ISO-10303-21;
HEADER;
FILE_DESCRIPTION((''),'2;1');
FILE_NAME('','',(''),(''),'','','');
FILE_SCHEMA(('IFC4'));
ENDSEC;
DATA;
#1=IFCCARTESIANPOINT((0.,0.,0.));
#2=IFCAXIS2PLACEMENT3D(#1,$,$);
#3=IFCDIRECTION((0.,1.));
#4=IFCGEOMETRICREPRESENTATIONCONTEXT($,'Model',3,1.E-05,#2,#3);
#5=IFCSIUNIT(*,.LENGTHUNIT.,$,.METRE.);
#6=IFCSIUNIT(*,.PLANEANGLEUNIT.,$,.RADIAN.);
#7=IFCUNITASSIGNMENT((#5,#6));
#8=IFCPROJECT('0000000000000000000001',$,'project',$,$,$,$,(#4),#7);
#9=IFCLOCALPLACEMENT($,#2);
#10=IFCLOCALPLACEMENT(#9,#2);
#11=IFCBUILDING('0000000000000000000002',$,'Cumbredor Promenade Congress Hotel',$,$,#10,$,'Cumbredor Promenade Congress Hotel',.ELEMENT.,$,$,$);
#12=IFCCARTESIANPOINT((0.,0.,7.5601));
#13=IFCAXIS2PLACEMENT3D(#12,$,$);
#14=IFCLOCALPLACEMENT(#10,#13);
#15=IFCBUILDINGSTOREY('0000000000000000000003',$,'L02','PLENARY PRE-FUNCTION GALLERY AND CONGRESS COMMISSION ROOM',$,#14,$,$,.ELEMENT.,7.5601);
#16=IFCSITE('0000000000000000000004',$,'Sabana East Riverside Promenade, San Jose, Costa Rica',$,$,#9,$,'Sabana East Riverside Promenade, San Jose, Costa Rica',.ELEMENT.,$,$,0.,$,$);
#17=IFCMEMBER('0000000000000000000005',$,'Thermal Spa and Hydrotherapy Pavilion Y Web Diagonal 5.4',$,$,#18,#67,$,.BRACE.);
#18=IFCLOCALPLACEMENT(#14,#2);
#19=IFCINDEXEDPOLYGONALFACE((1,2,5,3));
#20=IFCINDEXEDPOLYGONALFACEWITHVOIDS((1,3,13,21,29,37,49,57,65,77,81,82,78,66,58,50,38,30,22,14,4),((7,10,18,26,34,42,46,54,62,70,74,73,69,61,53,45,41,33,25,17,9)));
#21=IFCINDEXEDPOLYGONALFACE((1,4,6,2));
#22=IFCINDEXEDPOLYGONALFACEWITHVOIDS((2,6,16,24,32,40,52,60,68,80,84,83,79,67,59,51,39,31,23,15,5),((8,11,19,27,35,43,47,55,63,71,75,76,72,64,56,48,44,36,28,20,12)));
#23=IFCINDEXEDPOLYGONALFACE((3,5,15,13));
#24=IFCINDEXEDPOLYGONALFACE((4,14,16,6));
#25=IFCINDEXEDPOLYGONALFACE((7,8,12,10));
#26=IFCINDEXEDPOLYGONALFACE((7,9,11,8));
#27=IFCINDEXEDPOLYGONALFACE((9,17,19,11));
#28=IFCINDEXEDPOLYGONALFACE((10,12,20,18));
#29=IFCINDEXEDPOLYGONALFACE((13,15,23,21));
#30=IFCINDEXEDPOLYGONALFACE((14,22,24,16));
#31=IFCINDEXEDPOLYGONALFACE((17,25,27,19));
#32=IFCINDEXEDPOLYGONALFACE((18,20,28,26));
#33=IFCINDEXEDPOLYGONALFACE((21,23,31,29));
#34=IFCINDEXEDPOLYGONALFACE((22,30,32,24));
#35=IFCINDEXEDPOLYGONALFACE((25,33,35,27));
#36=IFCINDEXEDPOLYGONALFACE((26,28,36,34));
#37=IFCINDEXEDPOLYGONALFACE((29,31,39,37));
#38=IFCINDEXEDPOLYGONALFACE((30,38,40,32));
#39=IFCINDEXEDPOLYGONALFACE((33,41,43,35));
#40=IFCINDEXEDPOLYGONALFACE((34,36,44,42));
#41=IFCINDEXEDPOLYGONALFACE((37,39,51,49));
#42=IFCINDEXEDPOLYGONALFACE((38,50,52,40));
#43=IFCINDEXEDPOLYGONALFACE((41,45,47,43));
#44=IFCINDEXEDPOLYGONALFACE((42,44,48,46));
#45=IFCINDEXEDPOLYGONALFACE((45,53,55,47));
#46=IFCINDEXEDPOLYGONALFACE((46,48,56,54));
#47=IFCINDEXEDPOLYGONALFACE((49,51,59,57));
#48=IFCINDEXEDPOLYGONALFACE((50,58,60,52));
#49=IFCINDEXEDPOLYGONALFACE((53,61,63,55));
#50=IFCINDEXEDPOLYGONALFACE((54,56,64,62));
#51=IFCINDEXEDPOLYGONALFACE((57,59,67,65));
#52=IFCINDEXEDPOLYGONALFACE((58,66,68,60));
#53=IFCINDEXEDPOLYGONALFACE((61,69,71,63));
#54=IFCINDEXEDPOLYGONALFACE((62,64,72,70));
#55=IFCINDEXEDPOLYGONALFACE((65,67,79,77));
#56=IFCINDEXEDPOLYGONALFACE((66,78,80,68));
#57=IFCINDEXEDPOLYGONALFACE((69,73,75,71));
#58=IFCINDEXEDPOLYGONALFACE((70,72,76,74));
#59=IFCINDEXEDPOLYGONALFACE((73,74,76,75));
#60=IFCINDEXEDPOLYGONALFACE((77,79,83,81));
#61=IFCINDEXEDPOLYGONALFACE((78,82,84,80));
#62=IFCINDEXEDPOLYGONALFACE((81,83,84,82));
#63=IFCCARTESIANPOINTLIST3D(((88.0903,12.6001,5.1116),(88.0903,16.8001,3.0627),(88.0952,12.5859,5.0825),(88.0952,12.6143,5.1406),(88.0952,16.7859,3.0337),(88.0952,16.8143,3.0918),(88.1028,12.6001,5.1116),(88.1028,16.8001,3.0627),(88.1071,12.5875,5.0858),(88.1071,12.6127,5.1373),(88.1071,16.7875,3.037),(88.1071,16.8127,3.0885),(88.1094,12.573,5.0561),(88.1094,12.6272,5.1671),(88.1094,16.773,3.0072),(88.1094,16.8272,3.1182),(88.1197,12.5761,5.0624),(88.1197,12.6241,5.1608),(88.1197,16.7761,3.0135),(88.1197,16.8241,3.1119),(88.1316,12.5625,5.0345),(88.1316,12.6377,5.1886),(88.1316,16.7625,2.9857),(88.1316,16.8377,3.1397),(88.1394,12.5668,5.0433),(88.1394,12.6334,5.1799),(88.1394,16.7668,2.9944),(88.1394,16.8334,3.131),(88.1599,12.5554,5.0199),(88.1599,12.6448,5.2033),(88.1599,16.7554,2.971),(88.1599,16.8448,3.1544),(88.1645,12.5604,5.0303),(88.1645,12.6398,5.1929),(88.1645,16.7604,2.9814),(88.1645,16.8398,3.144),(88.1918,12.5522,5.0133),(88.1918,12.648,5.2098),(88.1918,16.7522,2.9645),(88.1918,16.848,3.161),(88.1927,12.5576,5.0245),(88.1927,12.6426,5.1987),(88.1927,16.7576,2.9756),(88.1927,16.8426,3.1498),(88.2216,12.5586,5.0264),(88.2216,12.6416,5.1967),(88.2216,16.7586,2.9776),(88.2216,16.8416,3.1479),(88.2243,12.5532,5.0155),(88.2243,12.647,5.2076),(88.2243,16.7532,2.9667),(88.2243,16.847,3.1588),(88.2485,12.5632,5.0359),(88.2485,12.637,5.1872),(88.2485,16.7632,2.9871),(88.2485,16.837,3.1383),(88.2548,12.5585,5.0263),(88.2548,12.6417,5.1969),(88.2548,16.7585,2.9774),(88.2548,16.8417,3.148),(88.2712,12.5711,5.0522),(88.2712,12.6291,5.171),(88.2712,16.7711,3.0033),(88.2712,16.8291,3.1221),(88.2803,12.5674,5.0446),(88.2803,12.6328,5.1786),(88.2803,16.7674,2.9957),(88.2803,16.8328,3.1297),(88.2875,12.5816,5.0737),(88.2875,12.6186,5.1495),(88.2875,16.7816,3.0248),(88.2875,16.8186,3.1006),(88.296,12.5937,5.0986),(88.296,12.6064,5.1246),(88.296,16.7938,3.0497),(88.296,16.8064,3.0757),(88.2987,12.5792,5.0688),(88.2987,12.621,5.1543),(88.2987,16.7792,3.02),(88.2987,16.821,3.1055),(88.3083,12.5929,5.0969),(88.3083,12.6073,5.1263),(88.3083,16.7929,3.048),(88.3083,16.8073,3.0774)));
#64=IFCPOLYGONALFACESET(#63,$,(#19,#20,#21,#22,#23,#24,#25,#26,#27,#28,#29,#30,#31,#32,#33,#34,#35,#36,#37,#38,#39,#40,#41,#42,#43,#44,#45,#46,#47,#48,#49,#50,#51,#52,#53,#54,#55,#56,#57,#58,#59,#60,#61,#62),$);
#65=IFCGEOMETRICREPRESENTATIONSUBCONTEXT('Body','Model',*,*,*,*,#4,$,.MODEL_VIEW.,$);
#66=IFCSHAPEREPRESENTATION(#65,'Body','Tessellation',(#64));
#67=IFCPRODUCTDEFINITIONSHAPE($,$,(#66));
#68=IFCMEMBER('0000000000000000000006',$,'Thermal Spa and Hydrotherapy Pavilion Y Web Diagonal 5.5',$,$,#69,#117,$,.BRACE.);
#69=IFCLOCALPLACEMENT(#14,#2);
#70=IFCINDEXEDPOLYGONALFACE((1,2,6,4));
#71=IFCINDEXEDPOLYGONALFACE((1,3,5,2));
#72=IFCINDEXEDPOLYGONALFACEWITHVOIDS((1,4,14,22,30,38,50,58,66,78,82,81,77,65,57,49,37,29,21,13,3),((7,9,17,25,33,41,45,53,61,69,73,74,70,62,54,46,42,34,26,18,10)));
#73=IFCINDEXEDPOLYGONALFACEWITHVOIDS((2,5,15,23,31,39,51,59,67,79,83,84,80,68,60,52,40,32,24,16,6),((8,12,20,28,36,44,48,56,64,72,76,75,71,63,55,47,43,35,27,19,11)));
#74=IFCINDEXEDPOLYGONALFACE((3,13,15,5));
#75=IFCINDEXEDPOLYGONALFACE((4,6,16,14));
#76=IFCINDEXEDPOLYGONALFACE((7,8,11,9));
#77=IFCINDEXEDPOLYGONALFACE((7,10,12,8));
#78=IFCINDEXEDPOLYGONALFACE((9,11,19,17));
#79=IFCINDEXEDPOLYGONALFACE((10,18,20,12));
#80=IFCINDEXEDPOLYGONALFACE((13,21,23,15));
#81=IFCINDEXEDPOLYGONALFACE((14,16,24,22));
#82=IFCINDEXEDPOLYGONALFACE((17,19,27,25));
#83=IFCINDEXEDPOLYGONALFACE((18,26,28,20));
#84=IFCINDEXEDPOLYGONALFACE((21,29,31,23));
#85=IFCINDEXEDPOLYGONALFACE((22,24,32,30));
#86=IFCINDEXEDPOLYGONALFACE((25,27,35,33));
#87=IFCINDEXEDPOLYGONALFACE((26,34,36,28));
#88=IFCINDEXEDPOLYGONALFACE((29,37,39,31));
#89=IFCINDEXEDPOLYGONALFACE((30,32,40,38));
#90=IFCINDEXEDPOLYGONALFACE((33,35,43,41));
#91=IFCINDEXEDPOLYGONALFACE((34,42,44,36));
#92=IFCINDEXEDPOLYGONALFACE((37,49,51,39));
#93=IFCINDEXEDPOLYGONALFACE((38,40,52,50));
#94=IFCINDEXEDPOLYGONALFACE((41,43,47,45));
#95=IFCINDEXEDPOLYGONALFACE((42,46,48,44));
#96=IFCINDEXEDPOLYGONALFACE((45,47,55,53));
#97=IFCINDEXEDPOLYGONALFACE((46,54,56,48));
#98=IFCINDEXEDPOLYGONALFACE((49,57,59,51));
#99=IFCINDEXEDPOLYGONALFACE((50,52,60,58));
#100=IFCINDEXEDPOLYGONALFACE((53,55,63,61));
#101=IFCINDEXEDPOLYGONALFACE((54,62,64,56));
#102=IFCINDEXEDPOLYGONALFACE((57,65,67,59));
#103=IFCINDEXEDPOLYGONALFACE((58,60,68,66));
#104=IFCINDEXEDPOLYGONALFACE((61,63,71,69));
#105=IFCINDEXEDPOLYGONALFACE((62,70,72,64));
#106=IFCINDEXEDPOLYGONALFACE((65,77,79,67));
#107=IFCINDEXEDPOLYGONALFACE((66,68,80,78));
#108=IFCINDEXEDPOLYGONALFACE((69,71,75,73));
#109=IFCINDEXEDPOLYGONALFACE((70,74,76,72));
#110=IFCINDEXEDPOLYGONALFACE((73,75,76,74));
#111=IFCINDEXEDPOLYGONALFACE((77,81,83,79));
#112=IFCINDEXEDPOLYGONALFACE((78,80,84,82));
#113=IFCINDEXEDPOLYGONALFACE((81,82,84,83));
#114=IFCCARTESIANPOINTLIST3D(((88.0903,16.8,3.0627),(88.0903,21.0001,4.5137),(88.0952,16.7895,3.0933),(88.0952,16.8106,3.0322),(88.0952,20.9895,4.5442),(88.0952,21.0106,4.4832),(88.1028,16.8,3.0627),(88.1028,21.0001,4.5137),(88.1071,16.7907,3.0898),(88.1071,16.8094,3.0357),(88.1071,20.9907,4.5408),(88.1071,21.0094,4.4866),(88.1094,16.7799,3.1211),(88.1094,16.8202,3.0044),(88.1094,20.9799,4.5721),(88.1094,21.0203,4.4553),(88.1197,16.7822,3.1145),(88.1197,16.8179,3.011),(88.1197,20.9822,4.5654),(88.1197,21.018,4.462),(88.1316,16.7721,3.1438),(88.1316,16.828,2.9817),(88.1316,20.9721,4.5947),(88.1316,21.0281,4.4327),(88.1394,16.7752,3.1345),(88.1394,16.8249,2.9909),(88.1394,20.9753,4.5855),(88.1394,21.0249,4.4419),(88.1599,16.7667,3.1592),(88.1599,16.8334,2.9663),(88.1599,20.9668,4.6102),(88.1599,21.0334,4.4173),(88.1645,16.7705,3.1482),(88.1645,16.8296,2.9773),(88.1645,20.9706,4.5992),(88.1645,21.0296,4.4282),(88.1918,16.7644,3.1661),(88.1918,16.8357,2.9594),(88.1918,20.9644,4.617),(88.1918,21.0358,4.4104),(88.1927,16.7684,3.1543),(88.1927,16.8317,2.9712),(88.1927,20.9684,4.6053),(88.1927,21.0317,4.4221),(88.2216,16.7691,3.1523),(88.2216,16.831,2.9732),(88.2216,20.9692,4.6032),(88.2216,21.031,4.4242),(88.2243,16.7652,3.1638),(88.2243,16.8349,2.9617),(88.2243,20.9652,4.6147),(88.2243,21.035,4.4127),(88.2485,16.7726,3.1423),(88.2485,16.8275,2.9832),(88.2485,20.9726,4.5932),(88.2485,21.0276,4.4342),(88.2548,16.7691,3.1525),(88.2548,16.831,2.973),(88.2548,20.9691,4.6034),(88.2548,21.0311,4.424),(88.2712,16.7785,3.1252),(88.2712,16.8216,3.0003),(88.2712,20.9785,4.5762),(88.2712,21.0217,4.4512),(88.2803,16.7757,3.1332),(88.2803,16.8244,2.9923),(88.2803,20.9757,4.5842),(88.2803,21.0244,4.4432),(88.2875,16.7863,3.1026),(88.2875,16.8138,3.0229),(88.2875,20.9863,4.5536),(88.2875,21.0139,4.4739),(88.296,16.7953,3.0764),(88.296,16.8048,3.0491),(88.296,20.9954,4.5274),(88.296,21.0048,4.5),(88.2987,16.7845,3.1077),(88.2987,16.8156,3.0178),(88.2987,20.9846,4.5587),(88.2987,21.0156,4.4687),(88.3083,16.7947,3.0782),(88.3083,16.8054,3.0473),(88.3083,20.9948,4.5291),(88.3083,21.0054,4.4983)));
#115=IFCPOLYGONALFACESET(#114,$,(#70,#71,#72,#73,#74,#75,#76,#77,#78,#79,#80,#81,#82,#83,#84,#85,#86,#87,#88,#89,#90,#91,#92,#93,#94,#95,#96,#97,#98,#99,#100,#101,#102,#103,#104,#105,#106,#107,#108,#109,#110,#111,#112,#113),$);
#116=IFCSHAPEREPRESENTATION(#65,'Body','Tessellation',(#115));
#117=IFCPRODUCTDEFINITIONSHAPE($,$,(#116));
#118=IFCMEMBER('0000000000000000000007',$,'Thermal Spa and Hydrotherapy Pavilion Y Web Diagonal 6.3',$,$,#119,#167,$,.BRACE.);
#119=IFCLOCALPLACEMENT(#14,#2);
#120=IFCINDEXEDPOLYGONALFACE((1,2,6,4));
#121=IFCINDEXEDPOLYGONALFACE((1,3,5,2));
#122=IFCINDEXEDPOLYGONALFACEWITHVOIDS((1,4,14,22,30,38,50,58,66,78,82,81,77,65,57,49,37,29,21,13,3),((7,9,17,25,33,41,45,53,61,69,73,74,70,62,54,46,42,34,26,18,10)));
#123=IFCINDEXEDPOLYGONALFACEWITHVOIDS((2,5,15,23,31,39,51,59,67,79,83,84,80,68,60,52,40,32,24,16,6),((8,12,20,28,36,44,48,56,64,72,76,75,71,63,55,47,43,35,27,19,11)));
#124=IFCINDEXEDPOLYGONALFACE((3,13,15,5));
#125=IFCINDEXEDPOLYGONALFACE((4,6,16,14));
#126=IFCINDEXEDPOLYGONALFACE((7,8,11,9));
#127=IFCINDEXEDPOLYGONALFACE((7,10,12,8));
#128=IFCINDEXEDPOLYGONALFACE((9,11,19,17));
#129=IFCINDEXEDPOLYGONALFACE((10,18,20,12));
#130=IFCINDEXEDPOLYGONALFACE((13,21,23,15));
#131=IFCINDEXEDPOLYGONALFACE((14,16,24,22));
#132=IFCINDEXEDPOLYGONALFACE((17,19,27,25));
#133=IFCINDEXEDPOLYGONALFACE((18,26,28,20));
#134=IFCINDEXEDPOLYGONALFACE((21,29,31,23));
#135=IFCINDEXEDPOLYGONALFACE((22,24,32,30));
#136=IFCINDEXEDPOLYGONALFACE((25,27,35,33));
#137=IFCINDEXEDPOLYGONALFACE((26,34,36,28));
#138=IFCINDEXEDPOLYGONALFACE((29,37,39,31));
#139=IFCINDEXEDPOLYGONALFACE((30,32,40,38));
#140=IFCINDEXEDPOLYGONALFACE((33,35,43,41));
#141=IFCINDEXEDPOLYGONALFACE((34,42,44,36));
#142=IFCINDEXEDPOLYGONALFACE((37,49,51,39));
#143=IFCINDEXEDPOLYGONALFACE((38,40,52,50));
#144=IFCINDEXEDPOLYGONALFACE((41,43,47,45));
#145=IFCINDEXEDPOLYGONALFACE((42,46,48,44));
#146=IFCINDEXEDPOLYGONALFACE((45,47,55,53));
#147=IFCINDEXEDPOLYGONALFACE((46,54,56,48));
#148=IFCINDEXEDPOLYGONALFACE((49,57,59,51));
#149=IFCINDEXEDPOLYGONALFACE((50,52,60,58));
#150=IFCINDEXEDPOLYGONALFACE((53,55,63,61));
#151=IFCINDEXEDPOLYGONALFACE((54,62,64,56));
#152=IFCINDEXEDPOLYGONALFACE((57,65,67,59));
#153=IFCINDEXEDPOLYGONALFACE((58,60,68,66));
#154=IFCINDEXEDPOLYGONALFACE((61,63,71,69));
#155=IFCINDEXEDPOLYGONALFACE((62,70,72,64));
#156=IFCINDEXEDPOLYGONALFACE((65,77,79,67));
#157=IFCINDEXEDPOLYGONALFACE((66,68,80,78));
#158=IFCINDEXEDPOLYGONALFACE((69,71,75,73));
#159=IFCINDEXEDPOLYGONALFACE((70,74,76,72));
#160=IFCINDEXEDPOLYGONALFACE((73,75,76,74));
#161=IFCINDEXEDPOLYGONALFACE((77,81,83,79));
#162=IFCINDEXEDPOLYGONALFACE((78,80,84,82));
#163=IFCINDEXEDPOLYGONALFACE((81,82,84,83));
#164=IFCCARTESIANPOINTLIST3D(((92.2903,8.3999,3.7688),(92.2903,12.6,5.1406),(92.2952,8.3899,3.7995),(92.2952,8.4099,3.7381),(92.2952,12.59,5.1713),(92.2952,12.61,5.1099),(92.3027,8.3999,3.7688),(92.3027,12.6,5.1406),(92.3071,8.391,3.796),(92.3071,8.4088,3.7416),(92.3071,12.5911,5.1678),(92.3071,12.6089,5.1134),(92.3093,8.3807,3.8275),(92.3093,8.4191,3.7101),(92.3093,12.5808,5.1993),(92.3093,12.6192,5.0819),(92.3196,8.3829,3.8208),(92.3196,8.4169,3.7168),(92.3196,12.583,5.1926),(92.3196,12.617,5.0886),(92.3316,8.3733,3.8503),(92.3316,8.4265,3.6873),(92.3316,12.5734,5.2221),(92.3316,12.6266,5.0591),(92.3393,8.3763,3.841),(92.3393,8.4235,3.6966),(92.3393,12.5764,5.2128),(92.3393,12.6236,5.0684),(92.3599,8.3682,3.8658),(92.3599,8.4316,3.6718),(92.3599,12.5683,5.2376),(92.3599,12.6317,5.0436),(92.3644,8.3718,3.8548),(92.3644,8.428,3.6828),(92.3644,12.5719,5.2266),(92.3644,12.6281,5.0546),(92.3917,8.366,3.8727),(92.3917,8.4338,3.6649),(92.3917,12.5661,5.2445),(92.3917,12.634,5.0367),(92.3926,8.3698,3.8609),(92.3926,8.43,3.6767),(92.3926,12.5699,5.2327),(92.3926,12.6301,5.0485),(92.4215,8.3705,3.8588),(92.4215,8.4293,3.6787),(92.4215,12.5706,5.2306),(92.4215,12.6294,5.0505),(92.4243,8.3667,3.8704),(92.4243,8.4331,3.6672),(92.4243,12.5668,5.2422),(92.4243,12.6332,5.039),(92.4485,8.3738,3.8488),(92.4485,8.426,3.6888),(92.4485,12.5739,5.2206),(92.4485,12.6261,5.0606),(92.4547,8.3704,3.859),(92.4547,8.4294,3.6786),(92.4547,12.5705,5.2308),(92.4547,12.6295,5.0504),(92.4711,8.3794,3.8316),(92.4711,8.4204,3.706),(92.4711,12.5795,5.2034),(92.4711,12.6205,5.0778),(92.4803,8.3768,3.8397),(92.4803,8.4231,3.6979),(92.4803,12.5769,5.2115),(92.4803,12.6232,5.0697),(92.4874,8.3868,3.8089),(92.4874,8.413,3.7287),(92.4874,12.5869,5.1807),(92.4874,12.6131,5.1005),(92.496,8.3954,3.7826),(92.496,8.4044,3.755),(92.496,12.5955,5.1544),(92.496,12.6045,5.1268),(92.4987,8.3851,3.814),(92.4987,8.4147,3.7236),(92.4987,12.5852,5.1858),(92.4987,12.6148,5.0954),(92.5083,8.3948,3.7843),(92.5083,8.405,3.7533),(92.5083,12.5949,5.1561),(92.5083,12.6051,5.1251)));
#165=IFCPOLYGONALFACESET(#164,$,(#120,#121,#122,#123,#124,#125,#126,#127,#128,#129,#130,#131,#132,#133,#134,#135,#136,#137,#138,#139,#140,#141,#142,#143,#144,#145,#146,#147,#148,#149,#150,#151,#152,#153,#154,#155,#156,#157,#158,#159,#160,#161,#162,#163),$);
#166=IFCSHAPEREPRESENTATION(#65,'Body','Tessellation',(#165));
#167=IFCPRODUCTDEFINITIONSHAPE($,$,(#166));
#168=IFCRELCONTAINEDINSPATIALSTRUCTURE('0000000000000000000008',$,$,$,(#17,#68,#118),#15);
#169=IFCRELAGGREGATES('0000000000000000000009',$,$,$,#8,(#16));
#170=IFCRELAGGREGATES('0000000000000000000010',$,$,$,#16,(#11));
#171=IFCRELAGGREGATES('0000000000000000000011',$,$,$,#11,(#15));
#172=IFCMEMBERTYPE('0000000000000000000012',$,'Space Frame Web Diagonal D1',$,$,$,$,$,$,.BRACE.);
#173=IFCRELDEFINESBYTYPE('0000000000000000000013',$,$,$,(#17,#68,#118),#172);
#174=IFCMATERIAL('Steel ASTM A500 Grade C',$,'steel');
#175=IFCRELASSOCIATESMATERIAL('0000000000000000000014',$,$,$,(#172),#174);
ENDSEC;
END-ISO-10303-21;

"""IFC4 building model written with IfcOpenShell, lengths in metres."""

from ifc_helpers import new_model, si_unit, direction, frame, origin, origin_2d, place, context, subcontext, project, spatial, hollow_circle, extrude, material, material_profile, profile_set, type_object, element, save


model = new_model("IFC4")

# Units and contexts
model_context = context("Model", 3, precision=1e-05, world=origin(), true_north=direction((0.0, 1.0)))
body_context = subcontext(model_context, "Body", "Model", "MODEL_VIEW")
ifc_project = project(units=[si_unit("LENGTHUNIT", "METRE"), si_unit("PLANEANGLEUNIT", "RADIAN")], contexts=[model_context])

# Site, building, storey
site_placement = place(None, origin())
site = spatial("IfcSite", under=ifc_project, at=site_placement, Name="Sabana East Riverside Promenade, San Jose, Costa Rica", LongName="Sabana East Riverside Promenade, San Jose, Costa Rica", CompositionType="ELEMENT", RefElevation=0.0)
building_placement = place(site_placement, origin())
building = spatial("IfcBuilding", under=site, at=building_placement, Name="Cumbredor Promenade Congress Hotel", LongName="Cumbredor Promenade Congress Hotel", CompositionType="ELEMENT")
storey_placement = place(building_placement, frame((0.0, 0.0, 7.5601)))
storey = spatial("IfcBuildingStorey", under=building, at=storey_placement, Name="L02", Description="PLENARY PRE-FUNCTION GALLERY AND CONGRESS COMMISSION ROOM", CompositionType="ELEMENT", Elevation=7.5601)

# Members
ifc_material_1 = material(Name="Steel ASTM A500 Grade C", Category="steel")
ifc_material_profile_1 = material_profile(ifc_material_1, hollow_circle(Radius=0.1096, WallThickness=0.0125, at=origin_2d()), Name="CHS 219.1x12.5")
ifc_profile_set_1 = profile_set([ifc_material_profile_1], Name="Steel ASTM A500 Grade C")
member_type_1 = type_object("IfcMemberType", Name="Space Frame Web Diagonal D1", PredefinedType="BRACE", material=ifc_profile_set_1)
member_1_placement = place(storey_placement, frame((88.2, 12.6001, 5.1116), z_axis=(0.0, 0.898762, -0.438436), x_axis=(-1.0, 0.0, 0.0)))
element("IfcMember", 1, at=member_1_placement, inside=storey, type_object=member_type_1, Name="Thermal Spa and Hydrotherapy Pavilion Y Web Diagonal 5.4", PredefinedType="BRACE", context=body_context, shape_type="SweptSolid", body=[
    extrude(hollow_circle(Radius=0.1096, WallThickness=0.0125, at=origin_2d()), origin(), (0.0, 0.0, 1.0), 4.6731),
])
member_2_placement = place(storey_placement, frame((88.2, 16.8, 3.0627), z_axis=(0.0, 0.945188, 0.326527), x_axis=(-1.0, 0.0, 0.0)))
element("IfcMember", 2, at=member_2_placement, inside=storey, type_object=member_type_1, Name="Thermal Spa and Hydrotherapy Pavilion Y Web Diagonal 5.5", PredefinedType="BRACE", context=body_context, shape_type="SweptSolid", body=[
    extrude(hollow_circle(Radius=0.1096, WallThickness=0.0125, at=origin_2d()), origin(), (0.0, 0.0, 1.0), 4.4436),
])
member_3_placement = place(storey_placement, frame((92.3999, 8.3999, 3.7688), z_axis=(0.0, 0.950583, 0.31047), x_axis=(-1.0, 0.0, 0.0)))
element("IfcMember", 3, at=member_3_placement, inside=storey, type_object=member_type_1, Name="Thermal Spa and Hydrotherapy Pavilion Y Web Diagonal 6.3", PredefinedType="BRACE", context=body_context, shape_type="SweptSolid", body=[
    extrude(hollow_circle(Radius=0.1096, WallThickness=0.0125, at=origin_2d()), origin(), (0.0, 0.0, 1.0), 4.4185),
])

save(model, "model.ifc")
